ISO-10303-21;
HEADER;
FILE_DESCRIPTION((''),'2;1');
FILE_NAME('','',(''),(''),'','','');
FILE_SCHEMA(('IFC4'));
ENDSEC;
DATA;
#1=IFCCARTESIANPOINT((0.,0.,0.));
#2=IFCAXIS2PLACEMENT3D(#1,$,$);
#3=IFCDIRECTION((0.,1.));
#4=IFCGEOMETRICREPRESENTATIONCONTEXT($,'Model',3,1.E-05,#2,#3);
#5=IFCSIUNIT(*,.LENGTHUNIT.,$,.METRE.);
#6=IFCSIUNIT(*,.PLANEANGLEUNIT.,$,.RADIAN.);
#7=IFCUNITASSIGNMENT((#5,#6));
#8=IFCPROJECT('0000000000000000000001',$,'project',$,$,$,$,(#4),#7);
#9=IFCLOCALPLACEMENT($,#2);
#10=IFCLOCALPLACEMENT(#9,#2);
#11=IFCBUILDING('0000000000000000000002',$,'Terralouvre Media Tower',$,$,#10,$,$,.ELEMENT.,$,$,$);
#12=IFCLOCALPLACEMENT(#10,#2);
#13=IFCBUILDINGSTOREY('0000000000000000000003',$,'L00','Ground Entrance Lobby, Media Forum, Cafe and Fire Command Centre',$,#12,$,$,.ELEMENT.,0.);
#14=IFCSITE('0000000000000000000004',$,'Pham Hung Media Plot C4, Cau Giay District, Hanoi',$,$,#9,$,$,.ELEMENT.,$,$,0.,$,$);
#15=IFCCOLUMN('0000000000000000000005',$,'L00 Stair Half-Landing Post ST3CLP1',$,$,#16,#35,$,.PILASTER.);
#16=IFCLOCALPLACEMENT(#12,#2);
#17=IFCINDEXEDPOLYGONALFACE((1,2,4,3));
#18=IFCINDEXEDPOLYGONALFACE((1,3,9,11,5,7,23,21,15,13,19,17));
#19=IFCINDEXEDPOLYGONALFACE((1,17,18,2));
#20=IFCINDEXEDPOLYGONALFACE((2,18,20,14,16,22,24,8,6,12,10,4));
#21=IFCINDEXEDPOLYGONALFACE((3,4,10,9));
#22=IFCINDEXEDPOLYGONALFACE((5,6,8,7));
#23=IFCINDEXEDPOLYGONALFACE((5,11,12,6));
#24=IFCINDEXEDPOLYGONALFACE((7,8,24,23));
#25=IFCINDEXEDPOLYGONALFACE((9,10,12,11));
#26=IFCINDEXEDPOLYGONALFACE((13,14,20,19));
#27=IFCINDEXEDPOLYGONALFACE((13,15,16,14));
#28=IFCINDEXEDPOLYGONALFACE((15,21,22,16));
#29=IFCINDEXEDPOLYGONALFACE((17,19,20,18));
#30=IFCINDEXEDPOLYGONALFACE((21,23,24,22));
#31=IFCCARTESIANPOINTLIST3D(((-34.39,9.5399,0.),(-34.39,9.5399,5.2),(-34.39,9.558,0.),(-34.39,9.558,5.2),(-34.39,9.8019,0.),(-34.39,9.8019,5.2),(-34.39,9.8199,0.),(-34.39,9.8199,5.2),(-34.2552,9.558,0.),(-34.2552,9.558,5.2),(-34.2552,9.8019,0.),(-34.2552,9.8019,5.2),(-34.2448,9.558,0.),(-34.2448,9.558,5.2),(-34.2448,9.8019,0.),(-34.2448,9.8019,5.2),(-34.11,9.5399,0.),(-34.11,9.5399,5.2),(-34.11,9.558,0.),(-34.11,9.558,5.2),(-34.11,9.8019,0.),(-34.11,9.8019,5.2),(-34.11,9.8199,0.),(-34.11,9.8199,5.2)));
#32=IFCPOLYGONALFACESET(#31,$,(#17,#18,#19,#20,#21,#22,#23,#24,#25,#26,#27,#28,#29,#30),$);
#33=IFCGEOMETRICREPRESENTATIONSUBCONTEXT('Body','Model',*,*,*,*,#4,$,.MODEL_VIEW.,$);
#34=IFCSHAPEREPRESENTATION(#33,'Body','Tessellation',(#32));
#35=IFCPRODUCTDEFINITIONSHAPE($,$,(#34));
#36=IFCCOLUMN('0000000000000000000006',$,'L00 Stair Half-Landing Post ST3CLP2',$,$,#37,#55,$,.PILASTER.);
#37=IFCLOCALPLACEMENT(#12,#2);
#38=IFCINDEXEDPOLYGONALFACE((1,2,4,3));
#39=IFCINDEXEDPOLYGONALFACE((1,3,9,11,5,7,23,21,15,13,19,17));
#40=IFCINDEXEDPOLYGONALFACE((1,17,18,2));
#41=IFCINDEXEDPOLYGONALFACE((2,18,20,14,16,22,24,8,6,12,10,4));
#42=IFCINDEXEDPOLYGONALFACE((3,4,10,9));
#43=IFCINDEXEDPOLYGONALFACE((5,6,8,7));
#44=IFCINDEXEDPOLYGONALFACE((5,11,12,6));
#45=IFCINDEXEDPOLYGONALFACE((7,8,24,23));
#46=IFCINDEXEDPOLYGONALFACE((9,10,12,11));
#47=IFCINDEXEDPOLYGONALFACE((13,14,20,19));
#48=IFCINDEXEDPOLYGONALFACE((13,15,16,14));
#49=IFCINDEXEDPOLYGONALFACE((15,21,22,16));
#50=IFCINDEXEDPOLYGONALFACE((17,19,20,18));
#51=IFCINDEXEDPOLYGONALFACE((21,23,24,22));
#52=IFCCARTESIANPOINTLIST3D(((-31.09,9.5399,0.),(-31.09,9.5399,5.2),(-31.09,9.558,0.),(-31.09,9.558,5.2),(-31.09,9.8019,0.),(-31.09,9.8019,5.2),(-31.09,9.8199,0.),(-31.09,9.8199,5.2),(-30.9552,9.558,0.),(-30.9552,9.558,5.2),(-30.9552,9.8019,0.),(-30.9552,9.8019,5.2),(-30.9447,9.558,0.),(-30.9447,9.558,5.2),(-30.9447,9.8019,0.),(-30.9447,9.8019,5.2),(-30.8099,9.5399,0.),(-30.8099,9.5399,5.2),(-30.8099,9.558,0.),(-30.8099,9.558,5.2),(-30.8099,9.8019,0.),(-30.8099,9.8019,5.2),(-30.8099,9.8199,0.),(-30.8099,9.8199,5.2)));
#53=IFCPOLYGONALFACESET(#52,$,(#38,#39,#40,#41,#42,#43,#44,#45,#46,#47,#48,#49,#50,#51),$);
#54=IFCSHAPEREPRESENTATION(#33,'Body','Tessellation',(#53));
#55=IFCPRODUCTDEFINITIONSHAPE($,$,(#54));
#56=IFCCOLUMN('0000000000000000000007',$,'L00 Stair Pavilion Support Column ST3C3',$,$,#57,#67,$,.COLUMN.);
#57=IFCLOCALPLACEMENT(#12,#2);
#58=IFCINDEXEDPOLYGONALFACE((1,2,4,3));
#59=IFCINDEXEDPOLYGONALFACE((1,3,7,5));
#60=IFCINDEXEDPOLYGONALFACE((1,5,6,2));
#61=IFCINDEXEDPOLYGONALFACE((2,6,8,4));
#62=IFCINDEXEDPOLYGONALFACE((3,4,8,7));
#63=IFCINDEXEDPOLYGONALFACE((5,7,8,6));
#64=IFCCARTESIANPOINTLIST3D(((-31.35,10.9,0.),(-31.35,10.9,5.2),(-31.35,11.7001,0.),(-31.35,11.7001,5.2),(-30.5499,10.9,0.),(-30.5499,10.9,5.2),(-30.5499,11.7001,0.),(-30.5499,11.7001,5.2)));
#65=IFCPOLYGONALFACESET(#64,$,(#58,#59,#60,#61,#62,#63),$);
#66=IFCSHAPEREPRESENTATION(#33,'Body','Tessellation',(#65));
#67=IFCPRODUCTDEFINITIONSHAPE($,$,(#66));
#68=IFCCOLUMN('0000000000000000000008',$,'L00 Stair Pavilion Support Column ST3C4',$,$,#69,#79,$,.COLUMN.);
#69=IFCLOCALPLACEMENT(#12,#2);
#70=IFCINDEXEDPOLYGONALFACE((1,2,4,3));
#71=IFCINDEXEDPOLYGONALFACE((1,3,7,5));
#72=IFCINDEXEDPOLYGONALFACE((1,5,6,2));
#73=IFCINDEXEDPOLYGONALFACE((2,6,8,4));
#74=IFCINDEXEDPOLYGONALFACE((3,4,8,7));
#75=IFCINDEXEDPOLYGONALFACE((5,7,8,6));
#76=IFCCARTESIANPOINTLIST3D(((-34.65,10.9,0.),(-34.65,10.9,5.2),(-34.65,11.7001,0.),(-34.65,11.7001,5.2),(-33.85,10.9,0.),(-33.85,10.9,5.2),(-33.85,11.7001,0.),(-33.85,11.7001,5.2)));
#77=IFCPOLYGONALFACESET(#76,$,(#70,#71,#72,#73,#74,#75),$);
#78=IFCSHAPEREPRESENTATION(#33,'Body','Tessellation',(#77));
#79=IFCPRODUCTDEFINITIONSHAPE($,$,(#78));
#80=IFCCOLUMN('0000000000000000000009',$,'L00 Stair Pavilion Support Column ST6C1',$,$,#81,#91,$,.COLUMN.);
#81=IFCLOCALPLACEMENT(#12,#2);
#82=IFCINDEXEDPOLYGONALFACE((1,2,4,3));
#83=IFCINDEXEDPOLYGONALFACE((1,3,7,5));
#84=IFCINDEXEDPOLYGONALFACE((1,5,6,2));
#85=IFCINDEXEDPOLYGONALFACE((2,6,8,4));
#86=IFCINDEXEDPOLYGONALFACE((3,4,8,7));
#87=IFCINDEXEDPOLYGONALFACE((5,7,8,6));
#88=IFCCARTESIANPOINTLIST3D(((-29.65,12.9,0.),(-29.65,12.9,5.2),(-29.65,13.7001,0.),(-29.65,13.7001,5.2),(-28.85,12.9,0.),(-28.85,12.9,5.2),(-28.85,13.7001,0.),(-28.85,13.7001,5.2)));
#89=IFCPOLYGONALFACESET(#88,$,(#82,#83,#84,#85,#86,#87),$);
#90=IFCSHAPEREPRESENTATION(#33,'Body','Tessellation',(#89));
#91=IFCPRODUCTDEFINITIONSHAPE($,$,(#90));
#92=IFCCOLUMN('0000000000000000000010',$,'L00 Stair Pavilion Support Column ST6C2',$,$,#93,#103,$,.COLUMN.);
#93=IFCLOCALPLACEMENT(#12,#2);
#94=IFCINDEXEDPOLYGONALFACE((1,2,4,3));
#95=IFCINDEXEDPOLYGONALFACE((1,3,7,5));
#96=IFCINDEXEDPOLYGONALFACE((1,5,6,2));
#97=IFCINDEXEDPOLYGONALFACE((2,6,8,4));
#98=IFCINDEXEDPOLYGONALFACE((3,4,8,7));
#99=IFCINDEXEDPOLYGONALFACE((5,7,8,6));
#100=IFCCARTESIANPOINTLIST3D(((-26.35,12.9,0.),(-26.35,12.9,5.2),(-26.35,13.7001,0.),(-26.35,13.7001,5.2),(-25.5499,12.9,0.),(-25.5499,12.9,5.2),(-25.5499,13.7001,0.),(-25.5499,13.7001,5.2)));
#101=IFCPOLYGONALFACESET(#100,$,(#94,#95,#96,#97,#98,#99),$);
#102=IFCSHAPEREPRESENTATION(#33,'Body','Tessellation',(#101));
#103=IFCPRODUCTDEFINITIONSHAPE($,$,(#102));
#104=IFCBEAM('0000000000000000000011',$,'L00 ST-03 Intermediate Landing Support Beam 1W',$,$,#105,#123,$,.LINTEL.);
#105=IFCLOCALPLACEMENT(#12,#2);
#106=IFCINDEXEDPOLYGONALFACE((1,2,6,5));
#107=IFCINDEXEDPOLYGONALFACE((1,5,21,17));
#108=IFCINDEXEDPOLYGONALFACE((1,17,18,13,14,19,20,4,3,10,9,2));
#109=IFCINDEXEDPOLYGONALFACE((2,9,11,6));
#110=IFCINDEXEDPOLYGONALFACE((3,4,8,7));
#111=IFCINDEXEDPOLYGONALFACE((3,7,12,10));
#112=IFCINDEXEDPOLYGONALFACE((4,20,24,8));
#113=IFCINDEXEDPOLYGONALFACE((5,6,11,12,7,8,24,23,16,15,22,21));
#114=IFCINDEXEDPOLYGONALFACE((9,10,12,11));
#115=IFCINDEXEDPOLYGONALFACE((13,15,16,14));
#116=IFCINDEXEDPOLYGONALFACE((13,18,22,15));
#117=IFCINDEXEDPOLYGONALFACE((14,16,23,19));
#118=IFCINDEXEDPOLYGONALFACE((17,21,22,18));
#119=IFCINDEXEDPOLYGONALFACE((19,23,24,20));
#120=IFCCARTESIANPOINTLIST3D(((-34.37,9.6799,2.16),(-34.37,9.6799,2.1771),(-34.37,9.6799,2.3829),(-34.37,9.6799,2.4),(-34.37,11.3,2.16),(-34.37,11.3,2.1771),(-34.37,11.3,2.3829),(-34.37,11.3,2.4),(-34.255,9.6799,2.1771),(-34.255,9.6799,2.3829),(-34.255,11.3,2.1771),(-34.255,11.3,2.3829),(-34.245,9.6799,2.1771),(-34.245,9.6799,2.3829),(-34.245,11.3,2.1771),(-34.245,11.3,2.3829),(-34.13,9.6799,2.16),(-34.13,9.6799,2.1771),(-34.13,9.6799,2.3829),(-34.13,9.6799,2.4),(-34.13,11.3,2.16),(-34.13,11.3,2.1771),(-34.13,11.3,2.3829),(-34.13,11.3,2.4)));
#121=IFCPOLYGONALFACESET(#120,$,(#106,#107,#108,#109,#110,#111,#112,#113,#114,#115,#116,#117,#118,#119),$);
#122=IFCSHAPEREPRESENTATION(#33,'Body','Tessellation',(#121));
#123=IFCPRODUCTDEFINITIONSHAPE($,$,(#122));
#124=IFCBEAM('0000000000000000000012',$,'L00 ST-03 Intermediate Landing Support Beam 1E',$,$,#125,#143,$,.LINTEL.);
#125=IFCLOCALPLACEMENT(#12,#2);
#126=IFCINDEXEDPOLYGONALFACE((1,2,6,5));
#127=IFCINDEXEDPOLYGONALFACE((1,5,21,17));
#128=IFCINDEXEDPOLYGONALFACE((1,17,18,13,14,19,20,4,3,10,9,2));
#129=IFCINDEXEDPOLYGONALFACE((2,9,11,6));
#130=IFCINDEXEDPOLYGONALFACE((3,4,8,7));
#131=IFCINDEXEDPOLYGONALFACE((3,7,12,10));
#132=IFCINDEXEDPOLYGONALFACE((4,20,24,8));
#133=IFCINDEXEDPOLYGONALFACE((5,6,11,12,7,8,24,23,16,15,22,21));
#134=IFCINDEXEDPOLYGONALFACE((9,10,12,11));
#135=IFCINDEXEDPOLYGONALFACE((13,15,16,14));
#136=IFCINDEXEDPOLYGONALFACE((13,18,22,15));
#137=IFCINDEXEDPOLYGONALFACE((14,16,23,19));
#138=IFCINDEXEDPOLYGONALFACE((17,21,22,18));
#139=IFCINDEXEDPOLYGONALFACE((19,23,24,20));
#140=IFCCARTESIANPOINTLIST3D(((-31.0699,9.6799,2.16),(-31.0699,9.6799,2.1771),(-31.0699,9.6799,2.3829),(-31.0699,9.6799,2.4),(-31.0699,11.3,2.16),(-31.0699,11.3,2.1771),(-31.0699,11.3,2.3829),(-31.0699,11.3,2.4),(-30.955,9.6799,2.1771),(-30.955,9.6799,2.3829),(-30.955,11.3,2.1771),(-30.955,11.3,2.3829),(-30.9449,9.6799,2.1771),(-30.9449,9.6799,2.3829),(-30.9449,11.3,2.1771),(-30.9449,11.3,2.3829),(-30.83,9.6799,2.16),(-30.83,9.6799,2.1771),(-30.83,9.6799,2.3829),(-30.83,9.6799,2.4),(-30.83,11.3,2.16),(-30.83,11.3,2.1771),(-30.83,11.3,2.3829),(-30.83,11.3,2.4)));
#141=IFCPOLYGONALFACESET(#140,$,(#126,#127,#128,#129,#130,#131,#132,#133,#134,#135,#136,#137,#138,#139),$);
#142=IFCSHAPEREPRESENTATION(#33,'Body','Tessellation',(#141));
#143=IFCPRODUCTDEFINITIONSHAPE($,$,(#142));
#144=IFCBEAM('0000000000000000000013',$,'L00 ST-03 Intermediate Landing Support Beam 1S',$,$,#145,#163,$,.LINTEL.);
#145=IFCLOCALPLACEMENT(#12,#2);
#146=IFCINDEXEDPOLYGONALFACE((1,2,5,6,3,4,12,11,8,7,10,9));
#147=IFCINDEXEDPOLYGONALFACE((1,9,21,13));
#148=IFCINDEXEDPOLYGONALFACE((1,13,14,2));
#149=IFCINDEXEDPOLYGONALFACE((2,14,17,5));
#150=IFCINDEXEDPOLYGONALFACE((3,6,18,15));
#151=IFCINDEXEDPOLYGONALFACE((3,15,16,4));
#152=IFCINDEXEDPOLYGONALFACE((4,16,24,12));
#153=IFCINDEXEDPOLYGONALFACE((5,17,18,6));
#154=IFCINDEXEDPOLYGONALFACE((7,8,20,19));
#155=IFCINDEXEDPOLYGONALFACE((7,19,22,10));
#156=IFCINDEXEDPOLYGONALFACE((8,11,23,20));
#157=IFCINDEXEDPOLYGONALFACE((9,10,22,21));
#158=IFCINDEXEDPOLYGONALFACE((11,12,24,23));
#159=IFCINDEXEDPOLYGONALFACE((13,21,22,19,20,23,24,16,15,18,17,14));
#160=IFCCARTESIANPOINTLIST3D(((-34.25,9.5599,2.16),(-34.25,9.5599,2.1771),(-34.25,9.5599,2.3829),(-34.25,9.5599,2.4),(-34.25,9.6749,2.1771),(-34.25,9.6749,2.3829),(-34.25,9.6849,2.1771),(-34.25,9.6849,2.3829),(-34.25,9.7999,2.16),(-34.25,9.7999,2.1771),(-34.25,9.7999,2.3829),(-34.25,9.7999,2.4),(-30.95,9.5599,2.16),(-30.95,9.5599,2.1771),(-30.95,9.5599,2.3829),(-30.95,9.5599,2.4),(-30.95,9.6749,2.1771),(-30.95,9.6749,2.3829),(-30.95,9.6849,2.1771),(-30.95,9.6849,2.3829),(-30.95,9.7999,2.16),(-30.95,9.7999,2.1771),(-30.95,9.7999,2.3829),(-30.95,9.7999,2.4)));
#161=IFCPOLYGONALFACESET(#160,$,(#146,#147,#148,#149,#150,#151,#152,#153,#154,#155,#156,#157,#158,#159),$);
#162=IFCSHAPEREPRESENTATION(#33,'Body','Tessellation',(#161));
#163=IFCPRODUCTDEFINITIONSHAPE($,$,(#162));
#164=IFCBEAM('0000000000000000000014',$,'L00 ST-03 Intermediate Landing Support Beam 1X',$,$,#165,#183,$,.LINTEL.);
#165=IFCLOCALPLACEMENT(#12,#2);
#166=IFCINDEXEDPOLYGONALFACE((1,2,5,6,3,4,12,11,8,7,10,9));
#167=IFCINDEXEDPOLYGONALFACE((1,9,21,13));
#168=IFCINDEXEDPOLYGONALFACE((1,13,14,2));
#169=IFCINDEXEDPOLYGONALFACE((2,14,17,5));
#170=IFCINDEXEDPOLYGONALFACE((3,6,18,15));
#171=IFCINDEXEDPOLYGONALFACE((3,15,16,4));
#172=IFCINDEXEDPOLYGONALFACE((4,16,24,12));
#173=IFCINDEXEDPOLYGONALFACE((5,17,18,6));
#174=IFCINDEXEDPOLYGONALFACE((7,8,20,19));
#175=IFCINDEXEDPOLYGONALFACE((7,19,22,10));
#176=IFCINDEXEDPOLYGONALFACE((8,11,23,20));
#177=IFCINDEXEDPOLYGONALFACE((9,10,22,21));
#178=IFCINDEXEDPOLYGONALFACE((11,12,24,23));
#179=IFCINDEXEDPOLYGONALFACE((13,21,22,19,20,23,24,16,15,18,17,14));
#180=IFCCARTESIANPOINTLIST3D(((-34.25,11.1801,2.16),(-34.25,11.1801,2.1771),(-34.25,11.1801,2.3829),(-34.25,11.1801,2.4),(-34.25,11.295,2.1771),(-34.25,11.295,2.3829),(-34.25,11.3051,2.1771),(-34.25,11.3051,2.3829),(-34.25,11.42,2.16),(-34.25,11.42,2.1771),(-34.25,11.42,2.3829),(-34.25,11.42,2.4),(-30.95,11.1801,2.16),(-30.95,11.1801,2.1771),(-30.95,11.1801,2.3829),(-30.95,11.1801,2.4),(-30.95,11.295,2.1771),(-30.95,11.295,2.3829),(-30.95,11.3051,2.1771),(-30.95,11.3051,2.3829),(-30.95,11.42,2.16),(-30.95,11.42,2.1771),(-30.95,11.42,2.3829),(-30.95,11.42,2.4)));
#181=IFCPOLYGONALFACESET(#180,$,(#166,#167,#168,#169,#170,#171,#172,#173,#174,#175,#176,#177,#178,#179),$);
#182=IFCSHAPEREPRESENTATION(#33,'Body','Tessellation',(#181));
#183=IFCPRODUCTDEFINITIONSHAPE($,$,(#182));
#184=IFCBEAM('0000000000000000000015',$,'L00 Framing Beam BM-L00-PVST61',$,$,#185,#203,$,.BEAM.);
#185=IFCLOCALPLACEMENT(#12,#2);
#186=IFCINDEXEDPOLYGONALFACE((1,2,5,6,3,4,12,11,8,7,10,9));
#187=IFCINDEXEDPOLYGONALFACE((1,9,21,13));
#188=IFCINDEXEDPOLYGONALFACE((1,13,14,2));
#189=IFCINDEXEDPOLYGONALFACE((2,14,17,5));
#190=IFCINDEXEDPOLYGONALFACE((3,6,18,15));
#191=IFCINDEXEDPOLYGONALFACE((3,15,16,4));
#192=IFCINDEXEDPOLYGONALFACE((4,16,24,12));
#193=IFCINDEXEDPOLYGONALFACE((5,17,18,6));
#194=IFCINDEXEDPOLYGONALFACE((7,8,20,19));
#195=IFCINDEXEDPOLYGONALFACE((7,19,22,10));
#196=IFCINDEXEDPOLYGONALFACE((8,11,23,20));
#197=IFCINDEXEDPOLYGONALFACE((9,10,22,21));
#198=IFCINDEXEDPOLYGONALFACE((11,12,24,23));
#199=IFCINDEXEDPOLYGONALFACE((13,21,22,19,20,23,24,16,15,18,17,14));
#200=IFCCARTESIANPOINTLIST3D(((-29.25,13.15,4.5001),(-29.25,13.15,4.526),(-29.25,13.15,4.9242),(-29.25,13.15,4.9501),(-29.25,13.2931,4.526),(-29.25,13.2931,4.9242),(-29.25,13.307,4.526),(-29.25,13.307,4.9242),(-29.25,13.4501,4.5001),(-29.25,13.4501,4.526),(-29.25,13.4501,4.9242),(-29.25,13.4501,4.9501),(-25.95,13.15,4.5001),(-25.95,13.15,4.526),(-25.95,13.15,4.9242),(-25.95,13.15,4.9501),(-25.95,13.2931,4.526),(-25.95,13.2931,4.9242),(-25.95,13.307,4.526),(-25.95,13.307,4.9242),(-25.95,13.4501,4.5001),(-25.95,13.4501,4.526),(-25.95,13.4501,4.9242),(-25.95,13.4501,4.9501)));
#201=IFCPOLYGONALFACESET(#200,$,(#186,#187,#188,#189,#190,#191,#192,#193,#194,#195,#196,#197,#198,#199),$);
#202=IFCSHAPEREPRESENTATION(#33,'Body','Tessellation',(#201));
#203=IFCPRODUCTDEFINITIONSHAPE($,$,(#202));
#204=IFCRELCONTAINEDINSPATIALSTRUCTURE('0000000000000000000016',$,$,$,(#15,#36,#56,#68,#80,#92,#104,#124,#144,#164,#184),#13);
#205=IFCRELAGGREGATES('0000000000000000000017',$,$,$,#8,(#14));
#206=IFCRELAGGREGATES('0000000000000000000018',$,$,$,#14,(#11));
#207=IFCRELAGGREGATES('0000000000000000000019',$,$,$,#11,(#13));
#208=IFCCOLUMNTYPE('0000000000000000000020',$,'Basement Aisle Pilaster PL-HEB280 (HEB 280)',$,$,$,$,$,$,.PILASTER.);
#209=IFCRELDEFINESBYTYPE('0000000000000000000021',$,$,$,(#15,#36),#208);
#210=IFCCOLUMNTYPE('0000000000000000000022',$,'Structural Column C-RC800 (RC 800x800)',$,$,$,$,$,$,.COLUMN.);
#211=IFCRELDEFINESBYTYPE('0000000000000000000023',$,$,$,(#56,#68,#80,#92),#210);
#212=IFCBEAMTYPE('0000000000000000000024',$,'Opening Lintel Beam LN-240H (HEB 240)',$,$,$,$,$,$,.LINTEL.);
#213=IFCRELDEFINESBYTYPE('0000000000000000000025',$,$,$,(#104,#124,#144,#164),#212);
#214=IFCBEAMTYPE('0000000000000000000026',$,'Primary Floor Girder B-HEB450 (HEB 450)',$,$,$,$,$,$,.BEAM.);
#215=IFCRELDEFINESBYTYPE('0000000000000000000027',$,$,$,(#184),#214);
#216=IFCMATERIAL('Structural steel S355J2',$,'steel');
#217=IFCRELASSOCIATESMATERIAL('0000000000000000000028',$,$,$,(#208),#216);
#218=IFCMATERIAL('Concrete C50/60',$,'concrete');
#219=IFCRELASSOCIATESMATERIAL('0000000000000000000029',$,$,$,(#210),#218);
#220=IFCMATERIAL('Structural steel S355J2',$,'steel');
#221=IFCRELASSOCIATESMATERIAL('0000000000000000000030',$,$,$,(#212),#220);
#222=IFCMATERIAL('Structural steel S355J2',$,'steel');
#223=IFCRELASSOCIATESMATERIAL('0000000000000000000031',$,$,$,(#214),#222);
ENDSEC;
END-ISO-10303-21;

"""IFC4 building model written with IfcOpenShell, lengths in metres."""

from ifc_helpers import new_model, si_unit, direction, frame, origin, origin_2d, place, context, subcontext, project, spatial, rectangle, i_section, extrude, material, material_profile, profile_set, type_object, element, save


model = new_model("IFC4")

# Units and contexts
model_context = context("Model", 3, precision=1e-05, world=origin(), true_north=direction((0.0, 1.0)))
body_context = subcontext(model_context, "Body", "Model", "MODEL_VIEW")
ifc_project = project(units=[si_unit("LENGTHUNIT", "METRE"), si_unit("PLANEANGLEUNIT", "RADIAN")], contexts=[model_context])

# Site, building, storey
site_placement = place(None, origin())
site = spatial("IfcSite", under=ifc_project, at=site_placement, Name="Pham Hung Media Plot C4, Cau Giay District, Hanoi", CompositionType="ELEMENT", RefElevation=0.0)
building_placement = place(site_placement, origin())
building = spatial("IfcBuilding", under=site, at=building_placement, Name="Terralouvre Media Tower", CompositionType="ELEMENT")
storey_placement = place(building_placement, origin())
storey = spatial("IfcBuildingStorey", under=building, at=storey_placement, Name="L00", Description="Ground Entrance Lobby, Media Forum, Cafe and Fire Command Centre", CompositionType="ELEMENT", Elevation=0.0)

# Columns
ifc_material_1 = material(Name="Structural steel S355J2", Category="steel")
ifc_material_profile_1 = material_profile(ifc_material_1, i_section(OverallWidth=0.28, OverallDepth=0.28, WebThickness=0.0105, FlangeThickness=0.0181, at=origin_2d()), Name="HEB 280")
ifc_profile_set_1 = profile_set([ifc_material_profile_1], Name="Structural steel S355J2")
column_type_1 = type_object("IfcColumnType", Name="Basement Aisle Pilaster PL-HEB280 (HEB 280)", PredefinedType="PILASTER", material=ifc_profile_set_1)
for number, where, z_axis, x_axis, name in (
    (1, (-34.25, 9.6799, 0.0), (0.0, 0.0, 1.0), (1.0, 0.0, 0.0), "L00 Stair Half-Landing Post ST3CLP1"),
    (2, (-30.95, 9.6799, 0.0), (0.0, 0.0, 1.0), (1.0, 0.0, 0.0), "L00 Stair Half-Landing Post ST3CLP2"),
):
    element("IfcColumn", number, at=place(storey_placement, frame(where, z_axis=z_axis, x_axis=x_axis)), inside=storey, type_object=column_type_1, Name=name, PredefinedType="PILASTER", context=body_context, shape_type="SweptSolid", body=[
        extrude(i_section(OverallWidth=0.28, OverallDepth=0.28, WebThickness=0.0105, FlangeThickness=0.0181, at=origin_2d()), origin(), (0.0, 0.0, 1.0), 5.2),
    ])
ifc_material_2 = material(Name="Concrete C50/60", Category="concrete")
ifc_material_profile_2 = material_profile(ifc_material_2, rectangle(XDim=0.8, YDim=0.8, at=origin_2d()), Name="RC 800x800")
ifc_profile_set_2 = profile_set([ifc_material_profile_2], Name="Concrete C50/60")
column_type_2 = type_object("IfcColumnType", Name="Structural Column C-RC800 (RC 800x800)", PredefinedType="COLUMN", material=ifc_profile_set_2)
for number, where, z_axis, x_axis, name in (
    (3, (-30.95, 11.3, 0.0), (0.0, 0.0, 1.0), (1.0, 0.0, 0.0), "L00 Stair Pavilion Support Column ST3C3"),
    (4, (-34.25, 11.3, 0.0), (0.0, 0.0, 1.0), (1.0, 0.0, 0.0), "L00 Stair Pavilion Support Column ST3C4"),
    (5, (-29.25, 13.3, 0.0), (0.0, 0.0, 1.0), (1.0, 0.0, 0.0), "L00 Stair Pavilion Support Column ST6C1"),
    (6, (-25.95, 13.3, 0.0), (0.0, 0.0, 1.0), (1.0, 0.0, 0.0), "L00 Stair Pavilion Support Column ST6C2"),
):
    element("IfcColumn", number, at=place(storey_placement, frame(where, z_axis=z_axis, x_axis=x_axis)), inside=storey, type_object=column_type_2, Name=name, PredefinedType="COLUMN", context=body_context, shape_type="SweptSolid", body=[
        extrude(rectangle(XDim=0.8, YDim=0.8, at=origin_2d()), origin(), (0.0, 0.0, 1.0), 5.2),
    ])

# Beams
ifc_material_3 = material(Name="Structural steel S355J2", Category="steel")
ifc_material_profile_3 = material_profile(ifc_material_3, i_section(OverallWidth=0.24, OverallDepth=0.24, WebThickness=0.01, FlangeThickness=0.0171, at=origin_2d()), Name="HEB 240")
ifc_profile_set_3 = profile_set([ifc_material_profile_3], Name="Structural steel S355J2")
beam_type_1 = type_object("IfcBeamType", Name="Opening Lintel Beam LN-240H (HEB 240)", PredefinedType="LINTEL", material=ifc_profile_set_3)
for number, where, z_axis, x_axis, name in (
    (7, (-34.25, 9.6799, 2.28), (0.0, 1.0, 0.0), (-1.0, 0.0, 0.0), "L00 ST-03 Intermediate Landing Support Beam 1W"),
    (8, (-30.95, 9.6799, 2.28), (0.0, 1.0, 0.0), (-1.0, 0.0, 0.0), "L00 ST-03 Intermediate Landing Support Beam 1E"),
):
    element("IfcBeam", number, at=place(storey_placement, frame(where, z_axis=z_axis, x_axis=x_axis)), inside=storey, type_object=beam_type_1, Name=name, PredefinedType="LINTEL", context=body_context, shape_type="SweptSolid", body=[
        extrude(i_section(OverallWidth=0.24, OverallDepth=0.24, WebThickness=0.01, FlangeThickness=0.0171, at=origin_2d()), origin(), (0.0, 0.0, 1.0), 1.6201),
    ])
for number, where, z_axis, x_axis, name in (
    (9, (-34.25, 9.6799, 2.28), (1.0, 0.0, 0.0), (0.0, 1.0, 0.0), "L00 ST-03 Intermediate Landing Support Beam 1S"),
    (10, (-34.25, 11.3, 2.28), (1.0, 0.0, 0.0), (0.0, 1.0, 0.0), "L00 ST-03 Intermediate Landing Support Beam 1X"),
):
    element("IfcBeam", number, at=place(storey_placement, frame(where, z_axis=z_axis, x_axis=x_axis)), inside=storey, type_object=beam_type_1, Name=name, PredefinedType="LINTEL", context=body_context, shape_type="SweptSolid", body=[
        extrude(i_section(OverallWidth=0.24, OverallDepth=0.24, WebThickness=0.01, FlangeThickness=0.0171, at=origin_2d()), origin(), (0.0, 0.0, 1.0), 3.3),
    ])
ifc_material_4 = material(Name="Structural steel S355J2", Category="steel")
ifc_material_profile_4 = material_profile(ifc_material_4, i_section(OverallWidth=0.3, OverallDepth=0.45, WebThickness=0.0139, FlangeThickness=0.0259, at=origin_2d()), Name="HEB 450")
ifc_profile_set_4 = profile_set([ifc_material_profile_4], Name="Structural steel S355J2")
beam_type_2 = type_object("IfcBeamType", Name="Primary Floor Girder B-HEB450 (HEB 450)", PredefinedType="BEAM", material=ifc_profile_set_4)
beam_1_placement = place(storey_placement, frame((-29.25, 13.3, 4.7251), z_axis=(1.0, 0.0, 0.0), x_axis=(0.0, 1.0, 0.0)))
element("IfcBeam", 11, at=beam_1_placement, inside=storey, type_object=beam_type_2, Name="L00 Framing Beam BM-L00-PVST61", PredefinedType="BEAM", context=body_context, shape_type="SweptSolid", body=[
    extrude(i_section(OverallWidth=0.3, OverallDepth=0.45, WebThickness=0.0139, FlangeThickness=0.0259, at=origin_2d()), origin(), (0.0, 0.0, 1.0), 3.3),
])

save(model, "model.ifc")
